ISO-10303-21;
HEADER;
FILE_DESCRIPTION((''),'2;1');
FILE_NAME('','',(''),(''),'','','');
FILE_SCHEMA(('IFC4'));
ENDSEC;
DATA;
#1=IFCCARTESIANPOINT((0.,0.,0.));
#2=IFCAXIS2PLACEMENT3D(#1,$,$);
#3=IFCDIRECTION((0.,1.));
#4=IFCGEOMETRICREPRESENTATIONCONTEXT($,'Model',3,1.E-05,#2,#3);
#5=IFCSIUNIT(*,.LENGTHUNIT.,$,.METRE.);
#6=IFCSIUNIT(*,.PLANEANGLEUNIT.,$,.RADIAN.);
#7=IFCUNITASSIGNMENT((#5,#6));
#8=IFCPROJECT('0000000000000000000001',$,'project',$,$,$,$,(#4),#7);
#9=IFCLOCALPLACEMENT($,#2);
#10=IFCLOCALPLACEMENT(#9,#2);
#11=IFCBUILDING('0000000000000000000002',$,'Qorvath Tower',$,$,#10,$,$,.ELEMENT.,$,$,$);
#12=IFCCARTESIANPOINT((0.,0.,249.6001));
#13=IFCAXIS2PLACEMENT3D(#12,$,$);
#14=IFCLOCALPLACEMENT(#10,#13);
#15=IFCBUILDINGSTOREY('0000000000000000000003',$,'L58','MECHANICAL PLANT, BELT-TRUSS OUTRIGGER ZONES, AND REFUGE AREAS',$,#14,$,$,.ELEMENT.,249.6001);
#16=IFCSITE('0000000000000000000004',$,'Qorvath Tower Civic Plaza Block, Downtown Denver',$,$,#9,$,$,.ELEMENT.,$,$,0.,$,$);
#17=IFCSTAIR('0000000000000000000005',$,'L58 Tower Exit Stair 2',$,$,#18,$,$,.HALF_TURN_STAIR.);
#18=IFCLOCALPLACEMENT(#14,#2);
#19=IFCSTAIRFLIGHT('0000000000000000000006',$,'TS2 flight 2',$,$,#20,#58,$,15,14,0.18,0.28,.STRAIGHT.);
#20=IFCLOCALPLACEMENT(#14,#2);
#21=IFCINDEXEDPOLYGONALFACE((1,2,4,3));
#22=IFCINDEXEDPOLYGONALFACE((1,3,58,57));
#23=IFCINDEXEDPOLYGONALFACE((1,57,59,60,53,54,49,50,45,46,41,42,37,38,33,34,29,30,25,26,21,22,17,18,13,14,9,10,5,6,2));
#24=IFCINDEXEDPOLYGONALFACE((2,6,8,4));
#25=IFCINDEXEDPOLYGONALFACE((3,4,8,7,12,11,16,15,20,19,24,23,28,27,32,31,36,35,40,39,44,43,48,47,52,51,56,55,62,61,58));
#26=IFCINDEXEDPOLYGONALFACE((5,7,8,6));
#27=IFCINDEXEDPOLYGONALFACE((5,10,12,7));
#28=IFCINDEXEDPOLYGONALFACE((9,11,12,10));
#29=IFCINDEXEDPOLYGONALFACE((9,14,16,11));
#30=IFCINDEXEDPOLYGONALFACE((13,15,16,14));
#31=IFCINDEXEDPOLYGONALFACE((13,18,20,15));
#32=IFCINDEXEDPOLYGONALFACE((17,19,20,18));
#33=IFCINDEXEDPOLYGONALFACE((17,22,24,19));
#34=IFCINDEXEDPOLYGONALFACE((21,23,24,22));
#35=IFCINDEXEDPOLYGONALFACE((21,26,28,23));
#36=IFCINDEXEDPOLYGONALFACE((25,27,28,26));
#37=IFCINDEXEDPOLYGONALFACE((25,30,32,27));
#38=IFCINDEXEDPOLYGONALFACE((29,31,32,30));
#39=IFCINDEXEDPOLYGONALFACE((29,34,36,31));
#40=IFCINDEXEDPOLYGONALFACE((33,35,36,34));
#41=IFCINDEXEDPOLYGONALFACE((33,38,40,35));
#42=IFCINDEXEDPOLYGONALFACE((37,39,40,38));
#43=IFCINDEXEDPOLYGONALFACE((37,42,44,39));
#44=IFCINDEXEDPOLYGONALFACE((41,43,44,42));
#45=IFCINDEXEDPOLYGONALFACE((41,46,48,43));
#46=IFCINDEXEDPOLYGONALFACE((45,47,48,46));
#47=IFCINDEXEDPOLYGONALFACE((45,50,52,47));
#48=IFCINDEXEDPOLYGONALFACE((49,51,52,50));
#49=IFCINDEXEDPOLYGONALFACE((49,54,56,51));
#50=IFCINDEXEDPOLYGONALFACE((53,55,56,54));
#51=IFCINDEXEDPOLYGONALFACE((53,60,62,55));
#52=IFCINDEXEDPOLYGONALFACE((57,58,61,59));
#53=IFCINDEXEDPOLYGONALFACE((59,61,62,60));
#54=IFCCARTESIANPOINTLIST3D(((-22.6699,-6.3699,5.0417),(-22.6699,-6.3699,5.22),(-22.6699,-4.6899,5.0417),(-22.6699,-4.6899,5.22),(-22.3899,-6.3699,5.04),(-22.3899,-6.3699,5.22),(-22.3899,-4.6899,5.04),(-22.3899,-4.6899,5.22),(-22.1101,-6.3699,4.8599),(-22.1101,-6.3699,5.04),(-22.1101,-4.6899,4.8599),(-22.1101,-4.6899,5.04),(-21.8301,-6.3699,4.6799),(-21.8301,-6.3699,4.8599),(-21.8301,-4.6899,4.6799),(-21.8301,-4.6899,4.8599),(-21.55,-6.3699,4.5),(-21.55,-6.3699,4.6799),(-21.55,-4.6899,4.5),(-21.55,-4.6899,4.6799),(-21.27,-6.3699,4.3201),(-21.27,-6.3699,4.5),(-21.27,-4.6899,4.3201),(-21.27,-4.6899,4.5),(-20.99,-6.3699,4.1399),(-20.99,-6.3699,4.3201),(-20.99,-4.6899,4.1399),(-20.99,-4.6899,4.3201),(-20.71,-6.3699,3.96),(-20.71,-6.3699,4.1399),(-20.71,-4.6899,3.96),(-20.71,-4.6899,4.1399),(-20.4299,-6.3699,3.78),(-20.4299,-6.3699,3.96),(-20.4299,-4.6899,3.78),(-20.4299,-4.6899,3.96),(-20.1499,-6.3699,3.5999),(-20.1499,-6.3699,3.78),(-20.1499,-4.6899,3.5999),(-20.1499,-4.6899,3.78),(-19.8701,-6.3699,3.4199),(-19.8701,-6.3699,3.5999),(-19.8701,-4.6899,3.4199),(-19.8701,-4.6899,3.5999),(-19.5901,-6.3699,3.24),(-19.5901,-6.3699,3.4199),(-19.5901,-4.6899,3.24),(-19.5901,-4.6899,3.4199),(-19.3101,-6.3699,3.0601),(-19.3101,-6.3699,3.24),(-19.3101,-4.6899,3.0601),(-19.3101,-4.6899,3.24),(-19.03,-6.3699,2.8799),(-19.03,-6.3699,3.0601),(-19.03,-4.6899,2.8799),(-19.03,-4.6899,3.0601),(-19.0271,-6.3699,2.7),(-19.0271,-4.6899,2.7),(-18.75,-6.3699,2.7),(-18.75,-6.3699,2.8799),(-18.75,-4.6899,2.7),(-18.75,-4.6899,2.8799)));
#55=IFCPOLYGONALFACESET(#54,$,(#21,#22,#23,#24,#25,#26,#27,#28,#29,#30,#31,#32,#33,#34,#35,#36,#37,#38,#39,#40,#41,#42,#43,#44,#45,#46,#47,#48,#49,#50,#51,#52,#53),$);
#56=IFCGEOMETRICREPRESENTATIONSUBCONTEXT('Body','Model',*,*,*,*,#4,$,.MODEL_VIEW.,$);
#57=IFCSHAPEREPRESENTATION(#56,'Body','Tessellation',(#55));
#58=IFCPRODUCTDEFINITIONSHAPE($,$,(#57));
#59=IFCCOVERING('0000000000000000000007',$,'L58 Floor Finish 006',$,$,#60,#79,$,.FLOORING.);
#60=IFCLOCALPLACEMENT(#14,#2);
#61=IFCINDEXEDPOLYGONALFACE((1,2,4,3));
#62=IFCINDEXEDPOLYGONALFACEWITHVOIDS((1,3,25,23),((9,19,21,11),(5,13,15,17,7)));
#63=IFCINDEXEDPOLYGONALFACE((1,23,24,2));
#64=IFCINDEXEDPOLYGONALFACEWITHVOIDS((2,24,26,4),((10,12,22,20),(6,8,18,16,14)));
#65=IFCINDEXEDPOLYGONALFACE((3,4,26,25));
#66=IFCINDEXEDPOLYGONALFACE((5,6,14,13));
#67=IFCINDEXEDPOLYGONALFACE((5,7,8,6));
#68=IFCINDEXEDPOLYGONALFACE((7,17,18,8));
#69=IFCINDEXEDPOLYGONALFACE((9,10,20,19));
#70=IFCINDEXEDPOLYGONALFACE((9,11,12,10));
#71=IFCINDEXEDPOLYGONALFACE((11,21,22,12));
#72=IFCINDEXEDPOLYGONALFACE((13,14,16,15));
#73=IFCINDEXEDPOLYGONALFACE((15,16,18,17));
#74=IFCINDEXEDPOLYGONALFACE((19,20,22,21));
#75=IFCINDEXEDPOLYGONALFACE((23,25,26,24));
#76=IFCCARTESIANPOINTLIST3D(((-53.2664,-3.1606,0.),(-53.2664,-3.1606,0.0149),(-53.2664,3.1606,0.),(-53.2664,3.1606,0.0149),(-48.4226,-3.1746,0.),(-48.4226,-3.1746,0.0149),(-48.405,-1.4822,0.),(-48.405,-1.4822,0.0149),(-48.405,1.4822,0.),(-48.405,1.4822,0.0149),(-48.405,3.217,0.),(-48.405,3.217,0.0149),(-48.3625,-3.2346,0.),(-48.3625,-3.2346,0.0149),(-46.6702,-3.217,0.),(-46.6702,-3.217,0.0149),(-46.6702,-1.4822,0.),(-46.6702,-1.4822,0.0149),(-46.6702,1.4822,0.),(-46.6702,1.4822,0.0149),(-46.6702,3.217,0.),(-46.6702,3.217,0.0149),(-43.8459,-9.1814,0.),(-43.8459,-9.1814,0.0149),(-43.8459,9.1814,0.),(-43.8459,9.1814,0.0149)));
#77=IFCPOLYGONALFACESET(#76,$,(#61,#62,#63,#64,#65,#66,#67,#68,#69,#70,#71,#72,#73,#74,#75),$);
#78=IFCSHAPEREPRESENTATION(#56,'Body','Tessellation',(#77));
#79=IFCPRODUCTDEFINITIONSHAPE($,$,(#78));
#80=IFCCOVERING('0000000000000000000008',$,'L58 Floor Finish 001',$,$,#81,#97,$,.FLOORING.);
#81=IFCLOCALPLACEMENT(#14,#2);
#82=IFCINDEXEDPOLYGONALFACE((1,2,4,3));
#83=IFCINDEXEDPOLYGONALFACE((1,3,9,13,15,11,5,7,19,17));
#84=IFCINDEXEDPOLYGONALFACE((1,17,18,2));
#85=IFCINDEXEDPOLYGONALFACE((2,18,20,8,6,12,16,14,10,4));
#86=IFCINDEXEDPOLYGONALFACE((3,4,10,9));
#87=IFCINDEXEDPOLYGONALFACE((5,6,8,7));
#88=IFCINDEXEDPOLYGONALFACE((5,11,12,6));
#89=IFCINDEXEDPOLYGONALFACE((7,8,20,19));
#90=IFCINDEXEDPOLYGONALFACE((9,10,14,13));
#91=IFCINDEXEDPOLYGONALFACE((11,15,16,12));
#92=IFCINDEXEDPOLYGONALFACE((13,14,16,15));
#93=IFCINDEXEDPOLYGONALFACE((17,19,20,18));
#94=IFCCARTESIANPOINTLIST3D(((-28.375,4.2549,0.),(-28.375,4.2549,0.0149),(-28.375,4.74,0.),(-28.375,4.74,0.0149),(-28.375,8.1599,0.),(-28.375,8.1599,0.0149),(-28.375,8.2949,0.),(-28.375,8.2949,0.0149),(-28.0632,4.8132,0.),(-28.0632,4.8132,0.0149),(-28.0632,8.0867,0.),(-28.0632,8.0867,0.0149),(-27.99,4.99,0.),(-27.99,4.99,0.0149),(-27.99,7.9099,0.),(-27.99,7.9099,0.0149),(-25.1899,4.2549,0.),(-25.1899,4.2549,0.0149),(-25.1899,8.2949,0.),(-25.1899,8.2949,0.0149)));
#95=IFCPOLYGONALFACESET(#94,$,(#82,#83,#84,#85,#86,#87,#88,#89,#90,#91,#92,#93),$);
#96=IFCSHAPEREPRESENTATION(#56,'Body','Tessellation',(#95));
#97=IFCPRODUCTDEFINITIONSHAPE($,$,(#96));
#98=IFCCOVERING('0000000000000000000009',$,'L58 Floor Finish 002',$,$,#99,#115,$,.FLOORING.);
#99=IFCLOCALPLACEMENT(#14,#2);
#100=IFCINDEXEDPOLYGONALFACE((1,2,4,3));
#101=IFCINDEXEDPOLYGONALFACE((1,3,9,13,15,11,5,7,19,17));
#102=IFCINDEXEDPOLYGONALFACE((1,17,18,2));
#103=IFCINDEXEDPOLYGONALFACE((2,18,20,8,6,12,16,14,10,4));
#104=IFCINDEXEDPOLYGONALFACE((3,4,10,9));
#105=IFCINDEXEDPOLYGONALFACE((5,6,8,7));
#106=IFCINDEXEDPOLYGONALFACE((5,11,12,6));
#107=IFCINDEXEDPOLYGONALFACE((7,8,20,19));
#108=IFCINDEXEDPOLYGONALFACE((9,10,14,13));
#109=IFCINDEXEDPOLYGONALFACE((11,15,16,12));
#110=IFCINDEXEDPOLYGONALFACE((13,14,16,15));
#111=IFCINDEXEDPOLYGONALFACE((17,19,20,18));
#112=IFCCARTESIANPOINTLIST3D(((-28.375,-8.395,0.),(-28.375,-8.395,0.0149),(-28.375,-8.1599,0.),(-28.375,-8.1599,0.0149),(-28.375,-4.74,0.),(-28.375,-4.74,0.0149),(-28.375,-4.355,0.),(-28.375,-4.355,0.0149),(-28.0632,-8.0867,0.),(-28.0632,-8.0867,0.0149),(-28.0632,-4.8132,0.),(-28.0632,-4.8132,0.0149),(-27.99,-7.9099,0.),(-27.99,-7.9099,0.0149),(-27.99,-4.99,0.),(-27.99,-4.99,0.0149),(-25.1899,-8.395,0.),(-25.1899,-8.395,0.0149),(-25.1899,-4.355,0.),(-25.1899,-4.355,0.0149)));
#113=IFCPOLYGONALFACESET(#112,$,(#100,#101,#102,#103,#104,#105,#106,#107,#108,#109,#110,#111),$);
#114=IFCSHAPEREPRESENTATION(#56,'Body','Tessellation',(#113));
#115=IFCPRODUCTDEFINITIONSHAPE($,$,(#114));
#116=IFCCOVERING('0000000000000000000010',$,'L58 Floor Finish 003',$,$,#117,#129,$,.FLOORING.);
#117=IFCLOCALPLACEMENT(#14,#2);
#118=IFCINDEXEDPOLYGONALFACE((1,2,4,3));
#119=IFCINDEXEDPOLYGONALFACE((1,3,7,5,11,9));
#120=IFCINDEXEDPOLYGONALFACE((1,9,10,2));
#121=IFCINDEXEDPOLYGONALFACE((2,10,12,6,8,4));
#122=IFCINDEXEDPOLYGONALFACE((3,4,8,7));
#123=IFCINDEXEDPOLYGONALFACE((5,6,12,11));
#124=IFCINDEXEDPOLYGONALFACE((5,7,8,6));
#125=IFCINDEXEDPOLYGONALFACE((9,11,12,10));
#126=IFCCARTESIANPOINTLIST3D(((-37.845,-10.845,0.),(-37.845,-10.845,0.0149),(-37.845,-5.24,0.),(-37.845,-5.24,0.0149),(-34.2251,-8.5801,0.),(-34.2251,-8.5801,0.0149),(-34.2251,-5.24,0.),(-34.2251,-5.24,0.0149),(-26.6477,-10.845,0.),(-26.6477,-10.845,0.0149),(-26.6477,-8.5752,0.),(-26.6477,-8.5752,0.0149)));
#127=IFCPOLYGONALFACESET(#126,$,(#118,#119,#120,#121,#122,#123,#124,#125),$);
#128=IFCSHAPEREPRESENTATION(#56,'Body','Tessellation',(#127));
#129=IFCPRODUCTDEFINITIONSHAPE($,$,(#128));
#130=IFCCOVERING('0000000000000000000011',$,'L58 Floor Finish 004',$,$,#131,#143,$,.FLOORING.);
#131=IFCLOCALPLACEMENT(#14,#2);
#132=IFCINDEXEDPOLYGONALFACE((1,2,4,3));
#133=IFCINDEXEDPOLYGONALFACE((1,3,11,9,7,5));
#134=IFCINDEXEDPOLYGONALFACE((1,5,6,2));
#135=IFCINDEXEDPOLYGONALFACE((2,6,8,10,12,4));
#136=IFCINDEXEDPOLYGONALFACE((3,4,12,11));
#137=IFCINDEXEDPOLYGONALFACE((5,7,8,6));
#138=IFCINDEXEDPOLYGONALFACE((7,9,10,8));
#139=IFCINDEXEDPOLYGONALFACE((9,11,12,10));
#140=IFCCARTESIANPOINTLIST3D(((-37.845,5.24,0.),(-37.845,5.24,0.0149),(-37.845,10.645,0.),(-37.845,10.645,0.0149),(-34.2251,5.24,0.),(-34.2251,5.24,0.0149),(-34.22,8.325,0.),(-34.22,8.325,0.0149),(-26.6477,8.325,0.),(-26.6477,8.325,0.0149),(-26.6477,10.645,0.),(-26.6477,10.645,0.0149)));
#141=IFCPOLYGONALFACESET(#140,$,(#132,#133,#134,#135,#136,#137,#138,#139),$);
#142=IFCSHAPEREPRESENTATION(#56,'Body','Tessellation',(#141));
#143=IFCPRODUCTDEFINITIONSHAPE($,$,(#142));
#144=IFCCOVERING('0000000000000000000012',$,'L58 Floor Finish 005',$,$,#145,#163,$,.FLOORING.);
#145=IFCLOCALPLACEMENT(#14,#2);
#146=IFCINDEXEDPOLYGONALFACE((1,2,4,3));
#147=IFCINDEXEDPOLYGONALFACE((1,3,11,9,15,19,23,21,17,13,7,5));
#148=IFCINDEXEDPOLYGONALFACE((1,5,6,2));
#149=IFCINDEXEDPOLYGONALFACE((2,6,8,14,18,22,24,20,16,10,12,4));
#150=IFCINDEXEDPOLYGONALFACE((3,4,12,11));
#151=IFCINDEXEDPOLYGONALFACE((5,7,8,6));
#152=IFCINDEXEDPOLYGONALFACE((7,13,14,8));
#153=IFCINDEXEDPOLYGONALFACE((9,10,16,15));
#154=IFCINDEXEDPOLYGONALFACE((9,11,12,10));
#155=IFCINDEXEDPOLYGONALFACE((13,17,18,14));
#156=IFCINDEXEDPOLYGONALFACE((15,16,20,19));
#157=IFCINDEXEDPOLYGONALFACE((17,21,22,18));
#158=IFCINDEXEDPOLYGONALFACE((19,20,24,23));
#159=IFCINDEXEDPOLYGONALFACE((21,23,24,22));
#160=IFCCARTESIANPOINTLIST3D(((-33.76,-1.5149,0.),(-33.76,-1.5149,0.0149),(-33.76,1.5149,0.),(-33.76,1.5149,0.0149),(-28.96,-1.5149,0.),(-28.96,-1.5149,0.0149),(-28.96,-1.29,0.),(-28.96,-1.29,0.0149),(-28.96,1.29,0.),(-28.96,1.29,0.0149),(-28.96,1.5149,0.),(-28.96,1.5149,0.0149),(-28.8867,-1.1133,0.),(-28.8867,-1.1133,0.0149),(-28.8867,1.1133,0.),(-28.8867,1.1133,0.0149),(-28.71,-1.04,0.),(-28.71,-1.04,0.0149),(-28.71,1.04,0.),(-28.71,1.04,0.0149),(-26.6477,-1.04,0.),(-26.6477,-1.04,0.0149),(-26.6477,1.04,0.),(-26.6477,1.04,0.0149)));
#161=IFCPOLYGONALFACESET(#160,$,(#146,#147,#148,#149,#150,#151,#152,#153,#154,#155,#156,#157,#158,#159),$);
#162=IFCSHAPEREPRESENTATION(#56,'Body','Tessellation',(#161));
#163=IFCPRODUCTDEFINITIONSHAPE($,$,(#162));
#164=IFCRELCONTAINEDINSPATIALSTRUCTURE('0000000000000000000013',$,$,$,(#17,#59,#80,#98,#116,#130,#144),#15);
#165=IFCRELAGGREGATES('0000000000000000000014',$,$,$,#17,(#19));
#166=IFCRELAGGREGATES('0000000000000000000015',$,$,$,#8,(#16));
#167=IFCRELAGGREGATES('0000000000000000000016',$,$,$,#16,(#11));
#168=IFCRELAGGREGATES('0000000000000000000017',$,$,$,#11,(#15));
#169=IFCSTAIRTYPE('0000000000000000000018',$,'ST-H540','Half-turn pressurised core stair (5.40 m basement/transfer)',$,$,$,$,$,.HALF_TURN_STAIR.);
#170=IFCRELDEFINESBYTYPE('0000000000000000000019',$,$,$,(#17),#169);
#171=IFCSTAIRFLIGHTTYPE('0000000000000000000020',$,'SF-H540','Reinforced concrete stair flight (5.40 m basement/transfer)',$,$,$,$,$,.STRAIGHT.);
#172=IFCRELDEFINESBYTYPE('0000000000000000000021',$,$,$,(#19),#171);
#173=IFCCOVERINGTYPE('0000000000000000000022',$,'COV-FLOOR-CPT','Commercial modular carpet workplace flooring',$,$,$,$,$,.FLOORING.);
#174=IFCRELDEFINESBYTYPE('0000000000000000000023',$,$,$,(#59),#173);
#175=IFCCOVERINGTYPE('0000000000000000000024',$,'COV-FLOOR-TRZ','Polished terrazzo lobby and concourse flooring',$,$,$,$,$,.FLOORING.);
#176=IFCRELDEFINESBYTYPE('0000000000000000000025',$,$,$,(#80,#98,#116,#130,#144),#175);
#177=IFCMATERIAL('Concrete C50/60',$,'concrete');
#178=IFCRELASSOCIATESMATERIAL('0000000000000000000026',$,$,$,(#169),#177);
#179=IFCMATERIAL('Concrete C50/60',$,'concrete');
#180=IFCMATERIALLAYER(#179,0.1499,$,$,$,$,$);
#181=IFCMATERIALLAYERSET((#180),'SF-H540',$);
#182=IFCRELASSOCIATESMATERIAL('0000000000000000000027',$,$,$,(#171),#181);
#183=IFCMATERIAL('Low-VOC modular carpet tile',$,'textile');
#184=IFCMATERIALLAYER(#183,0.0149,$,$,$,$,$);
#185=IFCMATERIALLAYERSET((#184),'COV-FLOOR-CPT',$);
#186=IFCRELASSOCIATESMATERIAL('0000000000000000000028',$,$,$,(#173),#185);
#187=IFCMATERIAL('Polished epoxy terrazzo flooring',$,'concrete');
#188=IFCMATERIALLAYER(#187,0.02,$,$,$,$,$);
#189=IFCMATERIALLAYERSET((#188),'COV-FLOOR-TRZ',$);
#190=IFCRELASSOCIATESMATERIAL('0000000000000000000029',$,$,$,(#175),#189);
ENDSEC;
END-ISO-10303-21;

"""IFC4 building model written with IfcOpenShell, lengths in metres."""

from ifc_helpers import new_model, si_unit, direction, frame, origin, place, context, subcontext, project, spatial, polyline, outline, extrude, material, layer, layer_set, type_object, element, aggregate, save


model = new_model("IFC4")

# Units and contexts
model_context = context("Model", 3, precision=1e-05, world=origin(), true_north=direction((0.0, 1.0)))
body_context = subcontext(model_context, "Body", "Model", "MODEL_VIEW")
ifc_project = project(units=[si_unit("LENGTHUNIT", "METRE"), si_unit("PLANEANGLEUNIT", "RADIAN")], contexts=[model_context])

# Site, building, storey
site_placement = place(None, origin())
site = spatial("IfcSite", under=ifc_project, at=site_placement, Name="Qorvath Tower Civic Plaza Block, Downtown Denver", CompositionType="ELEMENT", RefElevation=0.0)
building_placement = place(site_placement, origin())
building = spatial("IfcBuilding", under=site, at=building_placement, Name="Qorvath Tower", CompositionType="ELEMENT")
storey_placement = place(building_placement, frame((0.0, 0.0, 249.6001)))
storey = spatial("IfcBuildingStorey", under=building, at=storey_placement, Name="L58", Description="MECHANICAL PLANT, BELT-TRUSS OUTRIGGER ZONES, AND REFUGE AREAS", CompositionType="ELEMENT", Elevation=249.6001)

# Stair
ifc_material_1 = material(Name="Concrete C50/60", Category="concrete")
stair_type = type_object("IfcStairType", Name="ST-H540", Description="Half-turn pressurised core stair (5.40 m basement/transfer)", PredefinedType="HALF_TURN_STAIR", material=ifc_material_1)
stair_1_placement = place(storey_placement, origin())
stair_1 = element("IfcStair", 1, at=stair_1_placement, inside=storey, type_object=stair_type, Name="L58 Tower Exit Stair 2", PredefinedType="HALF_TURN_STAIR")

# Stair flight
ifc_material_2 = material(Name="Concrete C50/60", Category="concrete")
ifc_layer_1 = layer(ifc_material_2, 0.1499)
ifc_layer_set_1 = layer_set([ifc_layer_1], Name="SF-H540")
stair_flight_type = type_object("IfcStairFlightType", Name="SF-H540", Description="Reinforced concrete stair flight (5.40 m basement/transfer)", PredefinedType="STRAIGHT", material=ifc_layer_set_1)
stair_flight_placement = place(storey_placement, frame((-18.75, -5.53, 2.7), z_axis=(0.0, 0.0, 1.0), x_axis=(-1.0, 0.0, 0.0)))
stair_flight = element("IfcStairFlight", 2, at=stair_flight_placement, type_object=stair_flight_type, Name="TS2 flight 2", NumberOfRisers=15, NumberOfTreads=14, PredefinedType="STRAIGHT", RiserHeight=0.18, TreadLength=0.28, context=body_context, shape_type="SweptSolid", body=[
    extrude(outline(polyline([(0.0, 0.0), (0.0, 0.1799), (0.28, 0.1799), (0.28, 0.3601), (0.5601, 0.3601), (0.5601, 0.54), (0.8401, 0.54), (0.8401, 0.72), (1.1201, 0.72), (1.1201, 0.8999), (1.3999, 0.8999), (1.3999, 1.0801), (1.6799, 1.0801), (1.6799, 1.26), (1.96, 1.26), (1.96, 1.4399), (2.24, 1.4399), (2.24, 1.6201), (2.52, 1.6201), (2.52, 1.8), (2.8, 1.8), (2.8, 1.98), (3.0801, 1.98), (3.0801, 2.1599), (3.3601, 2.1599), (3.3601, 2.3401), (3.6399, 2.3401), (3.6399, 2.52), (3.9199, 2.52), (3.9199, 2.7), (3.9199, 2.3418), (0.2771, 0.0), (0.0, 0.0)])), frame((0.0, 0.8398, 0.0), z_axis=(0.0, -1.0, 0.0), x_axis=(1.0, 0.0, 0.0)), (0.0, 0.0, 1.0), 1.6799),
])
aggregate(stair_1, [stair_flight])

# Coverings
ifc_material_3 = material(Name="Low-VOC modular carpet tile", Category="textile")
ifc_layer_2 = layer(ifc_material_3, 0.0149)
ifc_layer_set_2 = layer_set([ifc_layer_2], Name="COV-FLOOR-CPT")
covering_type_1 = type_object("IfcCoveringType", Name="COV-FLOOR-CPT", Description="Commercial modular carpet workplace flooring", PredefinedType="FLOORING", material=ifc_layer_set_2)
covering_1_placement = place(storey_placement, origin())
element("IfcCovering", 3, at=covering_1_placement, inside=storey, type_object=covering_type_1, Name="L58 Floor Finish 006", PredefinedType="FLOORING", context=body_context, shape_type="SweptSolid", body=[
    extrude(outline(polyline([(-53.2664, 3.1606), (-53.2664, -3.1606), (-43.8459, -9.1814), (-43.8459, 9.1814), (-53.2664, 3.1606)]), holes=[polyline([(-48.4226, -3.1746), (-48.405, -1.4822), (-46.6702, -1.4822), (-46.6702, -3.217), (-48.3625, -3.2346), (-48.4226, -3.1746)]), polyline([(-48.405, 1.4822), (-48.405, 3.217), (-46.6702, 3.217), (-46.6702, 1.4822), (-48.405, 1.4822)])]), origin(), (0.0, 0.0, 1.0), 0.0149),
])
ifc_material_4 = material(Name="Polished epoxy terrazzo flooring", Category="concrete")
ifc_layer_3 = layer(ifc_material_4, 0.02)
ifc_layer_set_3 = layer_set([ifc_layer_3], Name="COV-FLOOR-TRZ")
covering_type_2 = type_object("IfcCoveringType", Name="COV-FLOOR-TRZ", Description="Polished terrazzo lobby and concourse flooring", PredefinedType="FLOORING", material=ifc_layer_set_3)
covering_2_placement = place(storey_placement, origin())
element("IfcCovering", 4, at=covering_2_placement, inside=storey, type_object=covering_type_2, Name="L58 Floor Finish 001", PredefinedType="FLOORING", context=body_context, shape_type="SweptSolid", body=[
    extrude(outline(polyline([(-25.1899, 4.2549), (-25.1899, 8.2949), (-28.375, 8.2949), (-28.375, 8.1599), (-28.0632, 8.0867), (-27.99, 7.9099), (-27.99, 4.99), (-28.0632, 4.8132), (-28.375, 4.74), (-28.375, 4.2549), (-25.1899, 4.2549)])), origin(), (0.0, 0.0, 1.0), 0.0149),
])
covering_3_placement = place(storey_placement, origin())
element("IfcCovering", 5, at=covering_3_placement, inside=storey, type_object=covering_type_2, Name="L58 Floor Finish 002", PredefinedType="FLOORING", context=body_context, shape_type="SweptSolid", body=[
    extrude(outline(polyline([(-25.1899, -8.395), (-25.1899, -4.355), (-28.375, -4.355), (-28.375, -4.74), (-28.0632, -4.8132), (-27.99, -4.99), (-27.99, -7.9099), (-28.0632, -8.0867), (-28.375, -8.1599), (-28.375, -8.395), (-25.1899, -8.395)])), origin(), (0.0, 0.0, 1.0), 0.0149),
])
covering_4_placement = place(storey_placement, origin())
element("IfcCovering", 6, at=covering_4_placement, inside=storey, type_object=covering_type_2, Name="L58 Floor Finish 003", PredefinedType="FLOORING", context=body_context, shape_type="SweptSolid", body=[
    extrude(outline(polyline([(-34.2251, -8.5801), (-34.2251, -5.24), (-37.845, -5.24), (-37.845, -10.845), (-26.6477, -10.845), (-26.6477, -8.5752), (-34.2251, -8.5801)])), origin(), (0.0, 0.0, 1.0), 0.0149),
])
covering_5_placement = place(storey_placement, origin())
element("IfcCovering", 7, at=covering_5_placement, inside=storey, type_object=covering_type_2, Name="L58 Floor Finish 004", PredefinedType="FLOORING", context=body_context, shape_type="SweptSolid", body=[
    extrude(outline(polyline([(-26.6477, 8.325), (-26.6477, 10.645), (-37.845, 10.645), (-37.845, 5.24), (-34.2251, 5.24), (-34.22, 8.325), (-26.6477, 8.325)])), origin(), (0.0, 0.0, 1.0), 0.0149),
])
covering_6_placement = place(storey_placement, origin())
element("IfcCovering", 8, at=covering_6_placement, inside=storey, type_object=covering_type_2, Name="L58 Floor Finish 005", PredefinedType="FLOORING", context=body_context, shape_type="SweptSolid", body=[
    extrude(outline(polyline([(-26.6477, -1.04), (-26.6477, 1.04), (-28.71, 1.04), (-28.8867, 1.1133), (-28.96, 1.29), (-28.96, 1.5149), (-33.76, 1.5149), (-33.76, -1.5149), (-28.96, -1.5149), (-28.96, -1.29), (-28.8867, -1.1133), (-28.71, -1.04), (-26.6477, -1.04)])), origin(), (0.0, 0.0, 1.0), 0.0149),
])

save(model, "model.ifc")
